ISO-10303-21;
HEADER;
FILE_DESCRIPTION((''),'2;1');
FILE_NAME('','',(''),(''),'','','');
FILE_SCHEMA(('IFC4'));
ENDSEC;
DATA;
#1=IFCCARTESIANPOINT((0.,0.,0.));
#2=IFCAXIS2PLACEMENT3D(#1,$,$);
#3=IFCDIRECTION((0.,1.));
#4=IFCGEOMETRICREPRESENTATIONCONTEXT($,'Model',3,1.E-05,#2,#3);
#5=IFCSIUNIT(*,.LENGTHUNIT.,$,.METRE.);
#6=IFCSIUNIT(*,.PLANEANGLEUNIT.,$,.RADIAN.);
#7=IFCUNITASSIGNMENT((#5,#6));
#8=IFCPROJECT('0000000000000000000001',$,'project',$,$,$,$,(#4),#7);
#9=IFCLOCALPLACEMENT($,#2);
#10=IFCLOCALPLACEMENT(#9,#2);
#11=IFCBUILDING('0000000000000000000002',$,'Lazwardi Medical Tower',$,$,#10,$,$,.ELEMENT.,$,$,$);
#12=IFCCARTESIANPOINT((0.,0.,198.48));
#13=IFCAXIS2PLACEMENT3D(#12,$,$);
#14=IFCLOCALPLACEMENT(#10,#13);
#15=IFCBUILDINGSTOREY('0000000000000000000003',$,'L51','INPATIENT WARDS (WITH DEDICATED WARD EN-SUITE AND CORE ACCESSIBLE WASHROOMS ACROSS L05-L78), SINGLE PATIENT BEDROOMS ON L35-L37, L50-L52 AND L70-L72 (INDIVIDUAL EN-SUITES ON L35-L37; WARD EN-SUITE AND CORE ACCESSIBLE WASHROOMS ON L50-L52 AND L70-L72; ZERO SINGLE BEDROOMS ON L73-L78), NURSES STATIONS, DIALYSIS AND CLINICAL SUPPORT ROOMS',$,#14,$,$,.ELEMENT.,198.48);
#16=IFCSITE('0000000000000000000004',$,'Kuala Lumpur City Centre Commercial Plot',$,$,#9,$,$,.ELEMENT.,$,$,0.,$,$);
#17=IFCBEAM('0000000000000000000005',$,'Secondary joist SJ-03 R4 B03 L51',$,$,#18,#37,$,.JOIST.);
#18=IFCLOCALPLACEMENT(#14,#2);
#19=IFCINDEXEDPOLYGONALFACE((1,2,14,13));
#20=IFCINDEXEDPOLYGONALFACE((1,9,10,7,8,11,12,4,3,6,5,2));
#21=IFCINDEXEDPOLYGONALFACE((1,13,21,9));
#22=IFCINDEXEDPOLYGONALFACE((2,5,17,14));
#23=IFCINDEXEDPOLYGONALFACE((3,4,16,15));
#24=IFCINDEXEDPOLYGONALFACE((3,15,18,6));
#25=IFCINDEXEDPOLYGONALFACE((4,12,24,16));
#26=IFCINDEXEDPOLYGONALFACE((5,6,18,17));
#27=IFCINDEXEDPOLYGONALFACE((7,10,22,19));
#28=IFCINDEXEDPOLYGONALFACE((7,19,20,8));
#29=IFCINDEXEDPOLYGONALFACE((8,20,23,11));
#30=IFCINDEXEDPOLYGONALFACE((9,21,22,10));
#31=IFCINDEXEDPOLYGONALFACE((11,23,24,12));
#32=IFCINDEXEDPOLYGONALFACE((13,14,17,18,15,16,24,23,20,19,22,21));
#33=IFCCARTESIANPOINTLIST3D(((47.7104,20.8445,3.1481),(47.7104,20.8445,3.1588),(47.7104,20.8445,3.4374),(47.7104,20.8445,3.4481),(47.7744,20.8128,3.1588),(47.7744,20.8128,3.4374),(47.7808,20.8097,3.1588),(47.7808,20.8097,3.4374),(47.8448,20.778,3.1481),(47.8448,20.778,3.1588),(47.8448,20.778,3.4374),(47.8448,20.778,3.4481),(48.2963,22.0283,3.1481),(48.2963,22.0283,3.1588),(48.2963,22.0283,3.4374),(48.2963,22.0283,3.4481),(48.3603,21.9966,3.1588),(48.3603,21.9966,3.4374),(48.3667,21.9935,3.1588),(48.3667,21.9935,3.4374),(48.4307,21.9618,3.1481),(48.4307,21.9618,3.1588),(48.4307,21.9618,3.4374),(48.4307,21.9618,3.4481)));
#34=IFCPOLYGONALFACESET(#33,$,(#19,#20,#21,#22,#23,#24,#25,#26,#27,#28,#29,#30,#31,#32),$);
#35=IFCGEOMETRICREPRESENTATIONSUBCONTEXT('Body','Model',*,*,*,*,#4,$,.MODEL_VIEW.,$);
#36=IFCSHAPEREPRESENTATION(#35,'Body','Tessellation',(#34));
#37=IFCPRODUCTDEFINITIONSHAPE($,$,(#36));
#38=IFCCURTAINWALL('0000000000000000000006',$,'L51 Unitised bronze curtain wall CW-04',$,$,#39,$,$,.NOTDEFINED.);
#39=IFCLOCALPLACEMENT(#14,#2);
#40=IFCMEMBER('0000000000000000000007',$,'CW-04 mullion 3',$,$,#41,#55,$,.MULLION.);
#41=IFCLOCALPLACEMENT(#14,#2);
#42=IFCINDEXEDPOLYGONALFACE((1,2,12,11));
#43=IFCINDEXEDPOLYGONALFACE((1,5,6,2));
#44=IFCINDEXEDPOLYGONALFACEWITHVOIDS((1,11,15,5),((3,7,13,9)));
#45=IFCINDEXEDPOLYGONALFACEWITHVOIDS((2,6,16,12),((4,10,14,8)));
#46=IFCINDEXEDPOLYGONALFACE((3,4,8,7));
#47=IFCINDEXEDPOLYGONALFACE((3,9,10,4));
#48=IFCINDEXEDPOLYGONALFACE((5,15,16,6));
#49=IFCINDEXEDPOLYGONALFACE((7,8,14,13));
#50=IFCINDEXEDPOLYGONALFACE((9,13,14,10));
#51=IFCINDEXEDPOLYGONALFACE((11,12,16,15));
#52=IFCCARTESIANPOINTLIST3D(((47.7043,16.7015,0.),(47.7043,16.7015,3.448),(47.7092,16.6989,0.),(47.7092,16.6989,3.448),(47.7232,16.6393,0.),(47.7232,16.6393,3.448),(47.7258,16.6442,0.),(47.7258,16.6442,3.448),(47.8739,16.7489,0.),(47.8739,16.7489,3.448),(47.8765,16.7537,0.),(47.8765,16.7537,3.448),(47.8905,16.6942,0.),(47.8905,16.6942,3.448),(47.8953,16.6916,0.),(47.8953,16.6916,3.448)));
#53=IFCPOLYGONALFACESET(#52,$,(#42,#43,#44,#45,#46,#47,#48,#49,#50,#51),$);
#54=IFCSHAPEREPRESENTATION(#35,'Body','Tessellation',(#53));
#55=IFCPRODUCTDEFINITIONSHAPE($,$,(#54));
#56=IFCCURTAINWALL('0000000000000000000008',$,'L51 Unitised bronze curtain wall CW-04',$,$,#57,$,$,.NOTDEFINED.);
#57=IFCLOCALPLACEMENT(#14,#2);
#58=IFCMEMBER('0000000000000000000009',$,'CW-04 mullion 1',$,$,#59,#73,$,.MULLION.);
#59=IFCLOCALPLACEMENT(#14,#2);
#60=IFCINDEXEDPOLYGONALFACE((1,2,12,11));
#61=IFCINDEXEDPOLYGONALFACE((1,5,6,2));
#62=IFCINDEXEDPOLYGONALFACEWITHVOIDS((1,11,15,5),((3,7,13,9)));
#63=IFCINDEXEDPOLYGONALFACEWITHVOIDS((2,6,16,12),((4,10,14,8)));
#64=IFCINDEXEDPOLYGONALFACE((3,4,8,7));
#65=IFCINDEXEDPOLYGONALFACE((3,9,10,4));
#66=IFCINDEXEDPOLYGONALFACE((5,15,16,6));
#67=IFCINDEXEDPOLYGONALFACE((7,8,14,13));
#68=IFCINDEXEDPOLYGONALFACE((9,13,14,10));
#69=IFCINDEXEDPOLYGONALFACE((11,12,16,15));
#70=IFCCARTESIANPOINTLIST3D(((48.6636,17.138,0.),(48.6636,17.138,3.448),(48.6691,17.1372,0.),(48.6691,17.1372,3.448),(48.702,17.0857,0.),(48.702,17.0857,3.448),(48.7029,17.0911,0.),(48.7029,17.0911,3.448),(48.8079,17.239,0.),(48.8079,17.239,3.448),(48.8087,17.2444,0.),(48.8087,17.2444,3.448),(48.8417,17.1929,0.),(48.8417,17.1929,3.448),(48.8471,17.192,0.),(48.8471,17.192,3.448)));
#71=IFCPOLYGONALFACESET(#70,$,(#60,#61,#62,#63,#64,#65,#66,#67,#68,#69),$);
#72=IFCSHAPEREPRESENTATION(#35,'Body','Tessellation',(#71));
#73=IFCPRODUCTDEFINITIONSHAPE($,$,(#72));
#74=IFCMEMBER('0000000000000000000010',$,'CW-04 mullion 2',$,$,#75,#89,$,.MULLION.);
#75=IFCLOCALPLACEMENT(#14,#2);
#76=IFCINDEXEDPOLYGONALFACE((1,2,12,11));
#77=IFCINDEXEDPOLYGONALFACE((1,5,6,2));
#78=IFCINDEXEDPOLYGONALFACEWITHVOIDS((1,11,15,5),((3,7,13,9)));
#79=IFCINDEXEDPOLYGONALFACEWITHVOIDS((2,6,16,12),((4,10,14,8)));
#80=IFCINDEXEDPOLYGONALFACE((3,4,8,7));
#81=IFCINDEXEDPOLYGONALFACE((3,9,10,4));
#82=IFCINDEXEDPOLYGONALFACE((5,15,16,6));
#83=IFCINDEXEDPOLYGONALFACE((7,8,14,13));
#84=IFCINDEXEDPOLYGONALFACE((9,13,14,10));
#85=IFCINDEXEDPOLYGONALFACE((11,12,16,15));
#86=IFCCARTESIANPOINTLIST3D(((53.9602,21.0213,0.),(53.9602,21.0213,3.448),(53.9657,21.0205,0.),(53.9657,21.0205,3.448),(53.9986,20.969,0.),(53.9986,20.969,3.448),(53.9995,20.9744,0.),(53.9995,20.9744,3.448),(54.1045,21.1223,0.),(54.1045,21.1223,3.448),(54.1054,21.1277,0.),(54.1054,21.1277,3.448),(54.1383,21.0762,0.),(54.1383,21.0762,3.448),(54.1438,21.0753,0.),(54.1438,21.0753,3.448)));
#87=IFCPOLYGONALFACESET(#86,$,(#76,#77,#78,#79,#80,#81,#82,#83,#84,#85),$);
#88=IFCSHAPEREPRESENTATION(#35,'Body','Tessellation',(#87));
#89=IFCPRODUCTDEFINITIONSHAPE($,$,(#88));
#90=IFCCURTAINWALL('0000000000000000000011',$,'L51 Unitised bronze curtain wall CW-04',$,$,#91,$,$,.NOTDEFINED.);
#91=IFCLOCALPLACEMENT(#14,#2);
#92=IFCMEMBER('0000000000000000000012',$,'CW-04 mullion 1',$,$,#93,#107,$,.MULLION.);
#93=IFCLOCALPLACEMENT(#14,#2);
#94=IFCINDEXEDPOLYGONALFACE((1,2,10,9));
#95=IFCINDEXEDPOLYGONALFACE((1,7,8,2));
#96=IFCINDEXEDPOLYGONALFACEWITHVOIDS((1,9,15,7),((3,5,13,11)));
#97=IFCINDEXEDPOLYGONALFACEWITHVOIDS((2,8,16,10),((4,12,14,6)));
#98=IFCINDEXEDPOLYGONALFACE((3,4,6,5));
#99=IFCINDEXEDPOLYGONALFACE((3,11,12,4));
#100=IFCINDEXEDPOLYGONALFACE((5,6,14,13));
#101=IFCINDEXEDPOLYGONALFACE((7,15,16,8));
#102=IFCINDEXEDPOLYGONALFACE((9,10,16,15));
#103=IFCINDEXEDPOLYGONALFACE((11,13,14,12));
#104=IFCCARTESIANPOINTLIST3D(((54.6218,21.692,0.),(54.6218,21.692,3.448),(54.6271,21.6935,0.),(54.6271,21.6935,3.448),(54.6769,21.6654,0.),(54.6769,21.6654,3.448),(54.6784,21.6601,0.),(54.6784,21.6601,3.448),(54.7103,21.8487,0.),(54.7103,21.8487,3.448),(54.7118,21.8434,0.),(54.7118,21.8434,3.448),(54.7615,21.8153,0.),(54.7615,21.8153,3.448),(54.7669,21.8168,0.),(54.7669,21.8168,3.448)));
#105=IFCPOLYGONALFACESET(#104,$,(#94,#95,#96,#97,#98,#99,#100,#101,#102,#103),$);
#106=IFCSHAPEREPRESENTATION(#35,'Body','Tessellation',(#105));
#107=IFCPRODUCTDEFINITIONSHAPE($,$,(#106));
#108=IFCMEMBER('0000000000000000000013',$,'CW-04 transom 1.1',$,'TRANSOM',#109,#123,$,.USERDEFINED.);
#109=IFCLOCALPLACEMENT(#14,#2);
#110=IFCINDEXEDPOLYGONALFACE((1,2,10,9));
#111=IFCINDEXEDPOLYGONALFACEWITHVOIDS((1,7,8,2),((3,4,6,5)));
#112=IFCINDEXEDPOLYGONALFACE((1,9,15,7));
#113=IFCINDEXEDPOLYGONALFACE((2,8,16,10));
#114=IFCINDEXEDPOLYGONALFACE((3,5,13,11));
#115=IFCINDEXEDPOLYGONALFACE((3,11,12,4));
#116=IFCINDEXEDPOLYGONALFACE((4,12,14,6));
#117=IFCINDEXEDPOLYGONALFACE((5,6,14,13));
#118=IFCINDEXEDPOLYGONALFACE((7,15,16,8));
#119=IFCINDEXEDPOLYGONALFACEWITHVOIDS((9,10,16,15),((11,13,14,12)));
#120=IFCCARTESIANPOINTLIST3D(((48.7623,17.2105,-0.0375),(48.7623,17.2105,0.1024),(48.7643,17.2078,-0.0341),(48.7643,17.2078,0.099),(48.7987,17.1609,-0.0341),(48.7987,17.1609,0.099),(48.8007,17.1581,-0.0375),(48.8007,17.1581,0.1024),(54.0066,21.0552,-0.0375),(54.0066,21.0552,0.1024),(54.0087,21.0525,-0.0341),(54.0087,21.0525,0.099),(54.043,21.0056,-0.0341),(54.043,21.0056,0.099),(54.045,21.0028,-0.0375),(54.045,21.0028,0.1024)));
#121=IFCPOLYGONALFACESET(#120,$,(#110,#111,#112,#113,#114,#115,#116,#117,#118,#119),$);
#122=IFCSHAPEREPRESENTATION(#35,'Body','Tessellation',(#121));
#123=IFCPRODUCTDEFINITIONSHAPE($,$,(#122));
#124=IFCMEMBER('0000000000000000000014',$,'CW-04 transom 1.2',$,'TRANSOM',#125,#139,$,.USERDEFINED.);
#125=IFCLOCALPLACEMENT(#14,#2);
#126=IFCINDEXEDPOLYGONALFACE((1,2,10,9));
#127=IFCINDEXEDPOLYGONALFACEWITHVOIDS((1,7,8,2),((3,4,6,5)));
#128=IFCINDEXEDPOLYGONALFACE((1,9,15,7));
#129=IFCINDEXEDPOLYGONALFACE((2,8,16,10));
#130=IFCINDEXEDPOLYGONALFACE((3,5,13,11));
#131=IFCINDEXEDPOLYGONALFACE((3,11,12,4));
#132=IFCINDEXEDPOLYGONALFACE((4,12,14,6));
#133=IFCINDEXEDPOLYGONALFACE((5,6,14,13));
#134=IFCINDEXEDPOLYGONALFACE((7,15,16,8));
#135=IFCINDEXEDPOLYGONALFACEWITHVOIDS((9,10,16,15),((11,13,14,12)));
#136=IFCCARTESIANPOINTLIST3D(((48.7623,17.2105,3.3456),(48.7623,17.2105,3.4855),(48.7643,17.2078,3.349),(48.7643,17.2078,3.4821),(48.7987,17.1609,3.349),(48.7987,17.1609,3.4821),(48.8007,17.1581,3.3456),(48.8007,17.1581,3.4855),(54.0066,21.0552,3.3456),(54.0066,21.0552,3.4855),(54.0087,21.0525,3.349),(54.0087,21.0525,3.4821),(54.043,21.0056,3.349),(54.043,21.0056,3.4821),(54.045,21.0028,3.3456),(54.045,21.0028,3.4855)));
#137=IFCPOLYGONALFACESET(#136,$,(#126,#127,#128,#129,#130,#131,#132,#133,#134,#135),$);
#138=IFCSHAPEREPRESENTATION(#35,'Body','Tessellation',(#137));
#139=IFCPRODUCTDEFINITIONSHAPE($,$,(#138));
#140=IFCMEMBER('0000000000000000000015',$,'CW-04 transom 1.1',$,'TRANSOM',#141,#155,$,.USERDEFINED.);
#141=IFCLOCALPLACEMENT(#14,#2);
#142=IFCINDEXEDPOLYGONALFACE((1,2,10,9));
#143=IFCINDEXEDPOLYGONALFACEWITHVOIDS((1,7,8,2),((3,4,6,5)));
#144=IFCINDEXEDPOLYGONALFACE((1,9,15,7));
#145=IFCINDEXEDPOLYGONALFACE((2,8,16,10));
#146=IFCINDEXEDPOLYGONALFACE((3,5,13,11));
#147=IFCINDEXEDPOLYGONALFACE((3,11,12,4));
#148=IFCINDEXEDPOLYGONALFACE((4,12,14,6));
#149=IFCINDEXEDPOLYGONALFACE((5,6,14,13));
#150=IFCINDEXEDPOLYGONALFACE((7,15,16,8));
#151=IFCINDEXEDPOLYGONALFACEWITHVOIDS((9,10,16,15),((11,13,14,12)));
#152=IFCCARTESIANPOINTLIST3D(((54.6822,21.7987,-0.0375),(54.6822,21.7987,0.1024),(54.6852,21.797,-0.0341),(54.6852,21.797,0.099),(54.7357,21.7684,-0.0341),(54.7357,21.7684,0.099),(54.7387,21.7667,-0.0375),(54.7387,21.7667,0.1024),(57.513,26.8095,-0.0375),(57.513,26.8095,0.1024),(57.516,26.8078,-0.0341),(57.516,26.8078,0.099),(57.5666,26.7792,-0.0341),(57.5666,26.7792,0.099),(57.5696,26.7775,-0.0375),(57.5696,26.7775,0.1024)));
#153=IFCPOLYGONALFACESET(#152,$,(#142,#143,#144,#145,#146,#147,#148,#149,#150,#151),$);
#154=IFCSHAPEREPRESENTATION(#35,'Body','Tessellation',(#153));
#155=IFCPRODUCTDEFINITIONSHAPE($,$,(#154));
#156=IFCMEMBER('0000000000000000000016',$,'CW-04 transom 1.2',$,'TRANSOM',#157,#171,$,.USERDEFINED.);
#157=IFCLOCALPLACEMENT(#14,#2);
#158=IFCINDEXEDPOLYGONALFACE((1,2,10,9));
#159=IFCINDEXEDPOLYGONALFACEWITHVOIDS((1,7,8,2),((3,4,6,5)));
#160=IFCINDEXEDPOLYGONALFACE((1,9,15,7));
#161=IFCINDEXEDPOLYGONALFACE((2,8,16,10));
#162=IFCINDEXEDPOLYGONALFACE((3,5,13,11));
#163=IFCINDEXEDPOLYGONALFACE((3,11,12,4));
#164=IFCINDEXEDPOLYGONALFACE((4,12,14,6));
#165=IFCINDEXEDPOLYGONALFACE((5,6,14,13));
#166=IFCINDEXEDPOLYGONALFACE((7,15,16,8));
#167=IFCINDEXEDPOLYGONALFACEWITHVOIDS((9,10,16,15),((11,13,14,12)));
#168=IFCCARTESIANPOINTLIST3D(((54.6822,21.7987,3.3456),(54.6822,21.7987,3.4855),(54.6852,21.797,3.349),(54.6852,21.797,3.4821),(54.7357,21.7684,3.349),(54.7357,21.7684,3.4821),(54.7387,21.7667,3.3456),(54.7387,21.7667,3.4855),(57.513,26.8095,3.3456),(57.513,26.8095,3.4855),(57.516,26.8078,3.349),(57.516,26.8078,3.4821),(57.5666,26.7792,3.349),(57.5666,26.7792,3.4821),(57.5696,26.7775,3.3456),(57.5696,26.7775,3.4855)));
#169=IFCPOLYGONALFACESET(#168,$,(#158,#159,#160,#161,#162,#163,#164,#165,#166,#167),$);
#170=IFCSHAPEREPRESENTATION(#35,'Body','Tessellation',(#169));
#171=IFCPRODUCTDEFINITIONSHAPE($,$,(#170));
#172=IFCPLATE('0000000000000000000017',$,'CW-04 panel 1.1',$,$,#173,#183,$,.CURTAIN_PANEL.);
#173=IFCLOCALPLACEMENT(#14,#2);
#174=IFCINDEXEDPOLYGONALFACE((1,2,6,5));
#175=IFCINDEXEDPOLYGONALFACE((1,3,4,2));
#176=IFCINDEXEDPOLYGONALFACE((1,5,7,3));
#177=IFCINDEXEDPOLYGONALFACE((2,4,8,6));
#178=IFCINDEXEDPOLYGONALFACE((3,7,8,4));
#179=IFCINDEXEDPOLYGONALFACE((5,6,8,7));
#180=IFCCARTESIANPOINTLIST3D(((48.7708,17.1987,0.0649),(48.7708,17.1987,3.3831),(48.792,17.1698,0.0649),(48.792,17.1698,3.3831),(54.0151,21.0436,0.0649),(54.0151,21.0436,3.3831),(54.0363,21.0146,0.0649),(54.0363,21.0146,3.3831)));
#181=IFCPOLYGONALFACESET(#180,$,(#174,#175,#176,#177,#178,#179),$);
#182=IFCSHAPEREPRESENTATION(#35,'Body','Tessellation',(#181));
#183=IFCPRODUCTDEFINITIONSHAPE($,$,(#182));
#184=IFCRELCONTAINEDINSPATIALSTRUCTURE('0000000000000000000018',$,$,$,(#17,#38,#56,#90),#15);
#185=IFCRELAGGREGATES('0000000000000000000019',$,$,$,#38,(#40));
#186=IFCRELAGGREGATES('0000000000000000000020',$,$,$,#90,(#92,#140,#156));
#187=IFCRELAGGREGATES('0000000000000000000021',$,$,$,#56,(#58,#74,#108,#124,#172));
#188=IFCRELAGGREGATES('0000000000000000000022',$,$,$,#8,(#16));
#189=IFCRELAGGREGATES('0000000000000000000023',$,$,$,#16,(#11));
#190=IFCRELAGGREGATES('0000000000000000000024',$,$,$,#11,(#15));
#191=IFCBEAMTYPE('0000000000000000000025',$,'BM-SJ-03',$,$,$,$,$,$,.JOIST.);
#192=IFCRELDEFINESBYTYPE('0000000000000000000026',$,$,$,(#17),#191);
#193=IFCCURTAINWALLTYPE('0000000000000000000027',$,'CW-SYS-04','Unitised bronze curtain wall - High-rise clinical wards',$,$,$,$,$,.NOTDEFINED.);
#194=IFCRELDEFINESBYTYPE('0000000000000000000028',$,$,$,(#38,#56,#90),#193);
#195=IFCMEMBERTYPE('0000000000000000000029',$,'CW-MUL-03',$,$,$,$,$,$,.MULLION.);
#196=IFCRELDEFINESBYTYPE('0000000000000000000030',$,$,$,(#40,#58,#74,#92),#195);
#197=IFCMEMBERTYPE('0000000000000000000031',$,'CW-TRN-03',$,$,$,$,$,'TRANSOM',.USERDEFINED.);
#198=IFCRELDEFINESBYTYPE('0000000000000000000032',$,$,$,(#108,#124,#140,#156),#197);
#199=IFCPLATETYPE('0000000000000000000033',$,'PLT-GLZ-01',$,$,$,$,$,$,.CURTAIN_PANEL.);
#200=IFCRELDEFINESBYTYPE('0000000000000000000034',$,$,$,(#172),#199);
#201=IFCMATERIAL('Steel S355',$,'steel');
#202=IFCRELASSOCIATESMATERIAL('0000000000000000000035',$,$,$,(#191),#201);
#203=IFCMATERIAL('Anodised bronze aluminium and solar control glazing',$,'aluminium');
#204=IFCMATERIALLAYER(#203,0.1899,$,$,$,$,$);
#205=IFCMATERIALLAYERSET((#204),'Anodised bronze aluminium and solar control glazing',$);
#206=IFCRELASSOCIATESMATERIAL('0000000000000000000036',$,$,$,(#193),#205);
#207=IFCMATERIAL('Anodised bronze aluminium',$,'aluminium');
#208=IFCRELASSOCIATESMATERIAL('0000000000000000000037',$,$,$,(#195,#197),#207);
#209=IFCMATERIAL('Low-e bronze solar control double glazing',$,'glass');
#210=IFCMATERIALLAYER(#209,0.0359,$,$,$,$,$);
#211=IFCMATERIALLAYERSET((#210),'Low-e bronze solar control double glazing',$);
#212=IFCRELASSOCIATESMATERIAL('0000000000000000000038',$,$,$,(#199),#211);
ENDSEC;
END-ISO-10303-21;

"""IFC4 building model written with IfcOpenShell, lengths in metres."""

from ifc_helpers import new_model, si_unit, direction, frame, origin, origin_2d, place, context, subcontext, project, spatial, rectangle, hollow_rectangle, i_section, extrude, material, layer, layer_set, material_profile, profile_set, type_object, element, aggregate, save


model = new_model("IFC4")

# Units and contexts
model_context = context("Model", 3, precision=1e-05, world=origin(), true_north=direction((0.0, 1.0)))
body_context = subcontext(model_context, "Body", "Model", "MODEL_VIEW")
ifc_project = project(units=[si_unit("LENGTHUNIT", "METRE"), si_unit("PLANEANGLEUNIT", "RADIAN")], contexts=[model_context])

# Site, building, storey
site_placement = place(None, origin())
site = spatial("IfcSite", under=ifc_project, at=site_placement, Name="Kuala Lumpur City Centre Commercial Plot", CompositionType="ELEMENT", RefElevation=0.0)
building_placement = place(site_placement, origin())
building = spatial("IfcBuilding", under=site, at=building_placement, Name="Lazwardi Medical Tower", CompositionType="ELEMENT")
storey_placement = place(building_placement, frame((0.0, 0.0, 198.48)))
storey = spatial("IfcBuildingStorey", under=building, at=storey_placement, Name="L51", Description="INPATIENT WARDS (WITH DEDICATED WARD EN-SUITE AND CORE ACCESSIBLE WASHROOMS ACROSS L05-L78), SINGLE PATIENT BEDROOMS ON L35-L37, L50-L52 AND L70-L72 (INDIVIDUAL EN-SUITES ON L35-L37; WARD EN-SUITE AND CORE ACCESSIBLE WASHROOMS ON L50-L52 AND L70-L72; ZERO SINGLE BEDROOMS ON L73-L78), NURSES STATIONS, DIALYSIS AND CLINICAL SUPPORT ROOMS", CompositionType="ELEMENT", Elevation=198.48)

# Beam
ifc_material_1 = material(Name="Steel S355", Category="steel")
ifc_material_profile_1 = material_profile(ifc_material_1, i_section(OverallWidth=0.1499, OverallDepth=0.3, WebThickness=0.0071, FlangeThickness=0.0107, at=origin_2d()), Name="IPE 300")
ifc_profile_set_1 = profile_set([ifc_material_profile_1], Name="Steel S355")
beam_type_1 = type_object("IfcBeamType", Name="BM-SJ-03", PredefinedType="JOIST", material=ifc_profile_set_1)
beam_1_placement = place(storey_placement, frame((47.7776, 20.8113, 3.2981), z_axis=(0.443587, 0.896231, 0.0), x_axis=(-0.896231, 0.443587, 0.0)))
element("IfcBeam", 1, at=beam_1_placement, inside=storey, type_object=beam_type_1, Name="Secondary joist SJ-03 R4 B03 L51", PredefinedType="JOIST", context=body_context, shape_type="SweptSolid", body=[
    extrude(i_section(OverallWidth=0.1499, OverallDepth=0.3, WebThickness=0.0071, FlangeThickness=0.0107, at=origin_2d()), origin(), (0.0, 0.0, 1.0), 1.3208),
])

# Curtain wall, member
ifc_material_2 = material(Name="Anodised bronze aluminium and solar control glazing", Category="aluminium")
ifc_layer_1 = layer(ifc_material_2, 0.1899)
ifc_layer_set_1 = layer_set([ifc_layer_1], Name="Anodised bronze aluminium and solar control glazing")
curtain_wall_type = type_object("IfcCurtainWallType", Name="CW-SYS-04", Description="Unitised bronze curtain wall - High-rise clinical wards", PredefinedType="NOTDEFINED", material=ifc_layer_set_1)
curtain_wall_1_placement = place(storey_placement, origin())
curtain_wall_1 = element("IfcCurtainWall", 2, at=curtain_wall_1_placement, inside=storey, type_object=curtain_wall_type, Name="L51 Unitised bronze curtain wall CW-04", PredefinedType="NOTDEFINED")
ifc_material_3 = material(Name="Anodised bronze aluminium", Category="aluminium")
ifc_material_profile_2 = material_profile(ifc_material_3, hollow_rectangle(XDim=0.0649, YDim=0.1799, WallThickness=0.0039, at=origin_2d()), Name="ALU-MULLION 180x65x4")
ifc_profile_set_2 = profile_set([ifc_material_profile_2], Name="Anodised bronze aluminium")
member_type_1 = type_object("IfcMemberType", Name="CW-MUL-03", PredefinedType="MULLION", material=ifc_profile_set_2)
member_1_placement = place(storey_placement, frame((47.7998, 16.6965, 0.0), z_axis=(0.0, 0.0, 1.0), x_axis=(-0.290582, 0.95685, 0.0)))
member_1 = element("IfcMember", 3, at=member_1_placement, type_object=member_type_1, Name="CW-04 mullion 3", PredefinedType="MULLION", context=body_context, shape_type="SweptSolid", body=[
    extrude(hollow_rectangle(XDim=0.0649, YDim=0.1799, WallThickness=0.0039, at=origin_2d()), origin(), (0.0, 0.0, 1.0), 3.448),
])
aggregate(curtain_wall_1, [member_1])

# Curtain wall, members
curtain_wall_2_placement = place(storey_placement, origin())
curtain_wall_2 = element("IfcCurtainWall", 4, at=curtain_wall_2_placement, inside=storey, type_object=curtain_wall_type, Name="L51 Unitised bronze curtain wall CW-04", PredefinedType="NOTDEFINED")
member_2_placement = place(storey_placement, frame((48.7554, 17.165, 0.0), z_axis=(0.0, 0.0, 1.0), x_axis=(-0.591268, 0.806475, 0.0)))
member_2 = element("IfcMember", 5, at=member_2_placement, type_object=member_type_1, Name="CW-04 mullion 1", PredefinedType="MULLION", context=body_context, shape_type="SweptSolid", body=[
    extrude(hollow_rectangle(XDim=0.0649, YDim=0.1799, WallThickness=0.0039, at=origin_2d()), origin(), (0.0, 0.0, 1.0), 3.448),
])
member_3_placement = place(storey_placement, frame((54.052, 21.0483, 0.0), z_axis=(0.0, 0.0, 1.0), x_axis=(-0.591268, 0.806475, 0.0)))
member_3 = element("IfcMember", 6, at=member_3_placement, type_object=member_type_1, Name="CW-04 mullion 2", PredefinedType="MULLION", context=body_context, shape_type="SweptSolid", body=[
    extrude(hollow_rectangle(XDim=0.0649, YDim=0.1799, WallThickness=0.0039, at=origin_2d()), origin(), (0.0, 0.0, 1.0), 3.448),
])

# Curtain wall, member
curtain_wall_3_placement = place(storey_placement, origin())
curtain_wall_3 = element("IfcCurtainWall", 7, at=curtain_wall_3_placement, inside=storey, type_object=curtain_wall_type, Name="L51 Unitised bronze curtain wall CW-04", PredefinedType="NOTDEFINED")
member_4_placement = place(storey_placement, frame((54.6943, 21.7544, 0.0), z_axis=(0.0, 0.0, 1.0), x_axis=(-0.870651, 0.4919, 0.0)))
member_4 = element("IfcMember", 8, at=member_4_placement, type_object=member_type_1, Name="CW-04 mullion 1", PredefinedType="MULLION", context=body_context, shape_type="SweptSolid", body=[
    extrude(hollow_rectangle(XDim=0.0649, YDim=0.1799, WallThickness=0.0039, at=origin_2d()), origin(), (0.0, 0.0, 1.0), 3.448),
])

# Members
ifc_material_profile_3 = material_profile(ifc_material_3, hollow_rectangle(XDim=0.0649, YDim=0.1399, WallThickness=0.0034, at=origin_2d()), Name="ALU-TRANSOM 140x65x3.5")
ifc_profile_set_3 = profile_set([ifc_material_profile_3], Name="Anodised bronze aluminium")
member_type_2 = type_object("IfcMemberType", Name="CW-TRN-03", ElementType="TRANSOM", PredefinedType="USERDEFINED", material=ifc_profile_set_3)
member_5_placement = place(storey_placement, frame((48.7815, 17.1843, 0.0325), z_axis=(0.80649, 0.591248, 0.0), x_axis=(-0.591248, 0.80649, 0.0)))
member_5 = element("IfcMember", 9, at=member_5_placement, type_object=member_type_2, Name="CW-04 transom 1.1", ObjectType="TRANSOM", PredefinedType="USERDEFINED", context=body_context, shape_type="SweptSolid", body=[
    extrude(hollow_rectangle(XDim=0.0649, YDim=0.1399, WallThickness=0.0034, at=origin_2d()), origin(), (0.0, 0.0, 1.0), 6.5027),
])
member_6_placement = place(storey_placement, frame((48.7815, 17.1843, 3.4155), z_axis=(0.80649, 0.591248, 0.0), x_axis=(-0.591248, 0.80649, 0.0)))
member_6 = element("IfcMember", 10, at=member_6_placement, type_object=member_type_2, Name="CW-04 transom 1.2", ObjectType="TRANSOM", PredefinedType="USERDEFINED", context=body_context, shape_type="SweptSolid", body=[
    extrude(hollow_rectangle(XDim=0.0649, YDim=0.1399, WallThickness=0.0034, at=origin_2d()), origin(), (0.0, 0.0, 1.0), 6.5027),
])
member_7_placement = place(storey_placement, frame((54.7104, 21.7827, 0.0325), z_axis=(0.49188, 0.870663, 0.0), x_axis=(-0.870663, 0.49188, 0.0)))
member_7 = element("IfcMember", 11, at=member_7_placement, type_object=member_type_2, Name="CW-04 transom 1.1", ObjectType="TRANSOM", PredefinedType="USERDEFINED", context=body_context, shape_type="SweptSolid", body=[
    extrude(hollow_rectangle(XDim=0.0649, YDim=0.1399, WallThickness=0.0034, at=origin_2d()), origin(), (0.0, 0.0, 1.0), 5.7551),
])
member_8_placement = place(storey_placement, frame((54.7104, 21.7827, 3.4155), z_axis=(0.49188, 0.870663, 0.0), x_axis=(-0.870663, 0.49188, 0.0)))
member_8 = element("IfcMember", 12, at=member_8_placement, type_object=member_type_2, Name="CW-04 transom 1.2", ObjectType="TRANSOM", PredefinedType="USERDEFINED", context=body_context, shape_type="SweptSolid", body=[
    extrude(hollow_rectangle(XDim=0.0649, YDim=0.1399, WallThickness=0.0034, at=origin_2d()), origin(), (0.0, 0.0, 1.0), 5.7551),
])
aggregate(curtain_wall_3, [member_4, member_7, member_8])

# Plate
ifc_material_4 = material(Name="Low-e bronze solar control double glazing", Category="glass")
ifc_layer_2 = layer(ifc_material_4, 0.0359)
ifc_layer_set_2 = layer_set([ifc_layer_2], Name="Low-e bronze solar control double glazing")
plate_type = type_object("IfcPlateType", Name="PLT-GLZ-01", PredefinedType="CURTAIN_PANEL", material=ifc_layer_set_2)
plate_placement = place(storey_placement, frame((51.4036, 19.1067, 0.0649), z_axis=(0.0, 0.0, 1.0), x_axis=(0.806475, 0.591268, 0.0)))
plate = element("IfcPlate", 13, at=plate_placement, type_object=plate_type, Name="CW-04 panel 1.1", PredefinedType="CURTAIN_PANEL", context=body_context, shape_type="SweptSolid", body=[
    extrude(rectangle(XDim=6.5027, YDim=0.0359, at=origin_2d()), origin(), (0.0, 0.0, 1.0), 3.3181),
])
aggregate(curtain_wall_2, [member_2, member_3, member_5, member_6, plate])

save(model, "model.ifc")
